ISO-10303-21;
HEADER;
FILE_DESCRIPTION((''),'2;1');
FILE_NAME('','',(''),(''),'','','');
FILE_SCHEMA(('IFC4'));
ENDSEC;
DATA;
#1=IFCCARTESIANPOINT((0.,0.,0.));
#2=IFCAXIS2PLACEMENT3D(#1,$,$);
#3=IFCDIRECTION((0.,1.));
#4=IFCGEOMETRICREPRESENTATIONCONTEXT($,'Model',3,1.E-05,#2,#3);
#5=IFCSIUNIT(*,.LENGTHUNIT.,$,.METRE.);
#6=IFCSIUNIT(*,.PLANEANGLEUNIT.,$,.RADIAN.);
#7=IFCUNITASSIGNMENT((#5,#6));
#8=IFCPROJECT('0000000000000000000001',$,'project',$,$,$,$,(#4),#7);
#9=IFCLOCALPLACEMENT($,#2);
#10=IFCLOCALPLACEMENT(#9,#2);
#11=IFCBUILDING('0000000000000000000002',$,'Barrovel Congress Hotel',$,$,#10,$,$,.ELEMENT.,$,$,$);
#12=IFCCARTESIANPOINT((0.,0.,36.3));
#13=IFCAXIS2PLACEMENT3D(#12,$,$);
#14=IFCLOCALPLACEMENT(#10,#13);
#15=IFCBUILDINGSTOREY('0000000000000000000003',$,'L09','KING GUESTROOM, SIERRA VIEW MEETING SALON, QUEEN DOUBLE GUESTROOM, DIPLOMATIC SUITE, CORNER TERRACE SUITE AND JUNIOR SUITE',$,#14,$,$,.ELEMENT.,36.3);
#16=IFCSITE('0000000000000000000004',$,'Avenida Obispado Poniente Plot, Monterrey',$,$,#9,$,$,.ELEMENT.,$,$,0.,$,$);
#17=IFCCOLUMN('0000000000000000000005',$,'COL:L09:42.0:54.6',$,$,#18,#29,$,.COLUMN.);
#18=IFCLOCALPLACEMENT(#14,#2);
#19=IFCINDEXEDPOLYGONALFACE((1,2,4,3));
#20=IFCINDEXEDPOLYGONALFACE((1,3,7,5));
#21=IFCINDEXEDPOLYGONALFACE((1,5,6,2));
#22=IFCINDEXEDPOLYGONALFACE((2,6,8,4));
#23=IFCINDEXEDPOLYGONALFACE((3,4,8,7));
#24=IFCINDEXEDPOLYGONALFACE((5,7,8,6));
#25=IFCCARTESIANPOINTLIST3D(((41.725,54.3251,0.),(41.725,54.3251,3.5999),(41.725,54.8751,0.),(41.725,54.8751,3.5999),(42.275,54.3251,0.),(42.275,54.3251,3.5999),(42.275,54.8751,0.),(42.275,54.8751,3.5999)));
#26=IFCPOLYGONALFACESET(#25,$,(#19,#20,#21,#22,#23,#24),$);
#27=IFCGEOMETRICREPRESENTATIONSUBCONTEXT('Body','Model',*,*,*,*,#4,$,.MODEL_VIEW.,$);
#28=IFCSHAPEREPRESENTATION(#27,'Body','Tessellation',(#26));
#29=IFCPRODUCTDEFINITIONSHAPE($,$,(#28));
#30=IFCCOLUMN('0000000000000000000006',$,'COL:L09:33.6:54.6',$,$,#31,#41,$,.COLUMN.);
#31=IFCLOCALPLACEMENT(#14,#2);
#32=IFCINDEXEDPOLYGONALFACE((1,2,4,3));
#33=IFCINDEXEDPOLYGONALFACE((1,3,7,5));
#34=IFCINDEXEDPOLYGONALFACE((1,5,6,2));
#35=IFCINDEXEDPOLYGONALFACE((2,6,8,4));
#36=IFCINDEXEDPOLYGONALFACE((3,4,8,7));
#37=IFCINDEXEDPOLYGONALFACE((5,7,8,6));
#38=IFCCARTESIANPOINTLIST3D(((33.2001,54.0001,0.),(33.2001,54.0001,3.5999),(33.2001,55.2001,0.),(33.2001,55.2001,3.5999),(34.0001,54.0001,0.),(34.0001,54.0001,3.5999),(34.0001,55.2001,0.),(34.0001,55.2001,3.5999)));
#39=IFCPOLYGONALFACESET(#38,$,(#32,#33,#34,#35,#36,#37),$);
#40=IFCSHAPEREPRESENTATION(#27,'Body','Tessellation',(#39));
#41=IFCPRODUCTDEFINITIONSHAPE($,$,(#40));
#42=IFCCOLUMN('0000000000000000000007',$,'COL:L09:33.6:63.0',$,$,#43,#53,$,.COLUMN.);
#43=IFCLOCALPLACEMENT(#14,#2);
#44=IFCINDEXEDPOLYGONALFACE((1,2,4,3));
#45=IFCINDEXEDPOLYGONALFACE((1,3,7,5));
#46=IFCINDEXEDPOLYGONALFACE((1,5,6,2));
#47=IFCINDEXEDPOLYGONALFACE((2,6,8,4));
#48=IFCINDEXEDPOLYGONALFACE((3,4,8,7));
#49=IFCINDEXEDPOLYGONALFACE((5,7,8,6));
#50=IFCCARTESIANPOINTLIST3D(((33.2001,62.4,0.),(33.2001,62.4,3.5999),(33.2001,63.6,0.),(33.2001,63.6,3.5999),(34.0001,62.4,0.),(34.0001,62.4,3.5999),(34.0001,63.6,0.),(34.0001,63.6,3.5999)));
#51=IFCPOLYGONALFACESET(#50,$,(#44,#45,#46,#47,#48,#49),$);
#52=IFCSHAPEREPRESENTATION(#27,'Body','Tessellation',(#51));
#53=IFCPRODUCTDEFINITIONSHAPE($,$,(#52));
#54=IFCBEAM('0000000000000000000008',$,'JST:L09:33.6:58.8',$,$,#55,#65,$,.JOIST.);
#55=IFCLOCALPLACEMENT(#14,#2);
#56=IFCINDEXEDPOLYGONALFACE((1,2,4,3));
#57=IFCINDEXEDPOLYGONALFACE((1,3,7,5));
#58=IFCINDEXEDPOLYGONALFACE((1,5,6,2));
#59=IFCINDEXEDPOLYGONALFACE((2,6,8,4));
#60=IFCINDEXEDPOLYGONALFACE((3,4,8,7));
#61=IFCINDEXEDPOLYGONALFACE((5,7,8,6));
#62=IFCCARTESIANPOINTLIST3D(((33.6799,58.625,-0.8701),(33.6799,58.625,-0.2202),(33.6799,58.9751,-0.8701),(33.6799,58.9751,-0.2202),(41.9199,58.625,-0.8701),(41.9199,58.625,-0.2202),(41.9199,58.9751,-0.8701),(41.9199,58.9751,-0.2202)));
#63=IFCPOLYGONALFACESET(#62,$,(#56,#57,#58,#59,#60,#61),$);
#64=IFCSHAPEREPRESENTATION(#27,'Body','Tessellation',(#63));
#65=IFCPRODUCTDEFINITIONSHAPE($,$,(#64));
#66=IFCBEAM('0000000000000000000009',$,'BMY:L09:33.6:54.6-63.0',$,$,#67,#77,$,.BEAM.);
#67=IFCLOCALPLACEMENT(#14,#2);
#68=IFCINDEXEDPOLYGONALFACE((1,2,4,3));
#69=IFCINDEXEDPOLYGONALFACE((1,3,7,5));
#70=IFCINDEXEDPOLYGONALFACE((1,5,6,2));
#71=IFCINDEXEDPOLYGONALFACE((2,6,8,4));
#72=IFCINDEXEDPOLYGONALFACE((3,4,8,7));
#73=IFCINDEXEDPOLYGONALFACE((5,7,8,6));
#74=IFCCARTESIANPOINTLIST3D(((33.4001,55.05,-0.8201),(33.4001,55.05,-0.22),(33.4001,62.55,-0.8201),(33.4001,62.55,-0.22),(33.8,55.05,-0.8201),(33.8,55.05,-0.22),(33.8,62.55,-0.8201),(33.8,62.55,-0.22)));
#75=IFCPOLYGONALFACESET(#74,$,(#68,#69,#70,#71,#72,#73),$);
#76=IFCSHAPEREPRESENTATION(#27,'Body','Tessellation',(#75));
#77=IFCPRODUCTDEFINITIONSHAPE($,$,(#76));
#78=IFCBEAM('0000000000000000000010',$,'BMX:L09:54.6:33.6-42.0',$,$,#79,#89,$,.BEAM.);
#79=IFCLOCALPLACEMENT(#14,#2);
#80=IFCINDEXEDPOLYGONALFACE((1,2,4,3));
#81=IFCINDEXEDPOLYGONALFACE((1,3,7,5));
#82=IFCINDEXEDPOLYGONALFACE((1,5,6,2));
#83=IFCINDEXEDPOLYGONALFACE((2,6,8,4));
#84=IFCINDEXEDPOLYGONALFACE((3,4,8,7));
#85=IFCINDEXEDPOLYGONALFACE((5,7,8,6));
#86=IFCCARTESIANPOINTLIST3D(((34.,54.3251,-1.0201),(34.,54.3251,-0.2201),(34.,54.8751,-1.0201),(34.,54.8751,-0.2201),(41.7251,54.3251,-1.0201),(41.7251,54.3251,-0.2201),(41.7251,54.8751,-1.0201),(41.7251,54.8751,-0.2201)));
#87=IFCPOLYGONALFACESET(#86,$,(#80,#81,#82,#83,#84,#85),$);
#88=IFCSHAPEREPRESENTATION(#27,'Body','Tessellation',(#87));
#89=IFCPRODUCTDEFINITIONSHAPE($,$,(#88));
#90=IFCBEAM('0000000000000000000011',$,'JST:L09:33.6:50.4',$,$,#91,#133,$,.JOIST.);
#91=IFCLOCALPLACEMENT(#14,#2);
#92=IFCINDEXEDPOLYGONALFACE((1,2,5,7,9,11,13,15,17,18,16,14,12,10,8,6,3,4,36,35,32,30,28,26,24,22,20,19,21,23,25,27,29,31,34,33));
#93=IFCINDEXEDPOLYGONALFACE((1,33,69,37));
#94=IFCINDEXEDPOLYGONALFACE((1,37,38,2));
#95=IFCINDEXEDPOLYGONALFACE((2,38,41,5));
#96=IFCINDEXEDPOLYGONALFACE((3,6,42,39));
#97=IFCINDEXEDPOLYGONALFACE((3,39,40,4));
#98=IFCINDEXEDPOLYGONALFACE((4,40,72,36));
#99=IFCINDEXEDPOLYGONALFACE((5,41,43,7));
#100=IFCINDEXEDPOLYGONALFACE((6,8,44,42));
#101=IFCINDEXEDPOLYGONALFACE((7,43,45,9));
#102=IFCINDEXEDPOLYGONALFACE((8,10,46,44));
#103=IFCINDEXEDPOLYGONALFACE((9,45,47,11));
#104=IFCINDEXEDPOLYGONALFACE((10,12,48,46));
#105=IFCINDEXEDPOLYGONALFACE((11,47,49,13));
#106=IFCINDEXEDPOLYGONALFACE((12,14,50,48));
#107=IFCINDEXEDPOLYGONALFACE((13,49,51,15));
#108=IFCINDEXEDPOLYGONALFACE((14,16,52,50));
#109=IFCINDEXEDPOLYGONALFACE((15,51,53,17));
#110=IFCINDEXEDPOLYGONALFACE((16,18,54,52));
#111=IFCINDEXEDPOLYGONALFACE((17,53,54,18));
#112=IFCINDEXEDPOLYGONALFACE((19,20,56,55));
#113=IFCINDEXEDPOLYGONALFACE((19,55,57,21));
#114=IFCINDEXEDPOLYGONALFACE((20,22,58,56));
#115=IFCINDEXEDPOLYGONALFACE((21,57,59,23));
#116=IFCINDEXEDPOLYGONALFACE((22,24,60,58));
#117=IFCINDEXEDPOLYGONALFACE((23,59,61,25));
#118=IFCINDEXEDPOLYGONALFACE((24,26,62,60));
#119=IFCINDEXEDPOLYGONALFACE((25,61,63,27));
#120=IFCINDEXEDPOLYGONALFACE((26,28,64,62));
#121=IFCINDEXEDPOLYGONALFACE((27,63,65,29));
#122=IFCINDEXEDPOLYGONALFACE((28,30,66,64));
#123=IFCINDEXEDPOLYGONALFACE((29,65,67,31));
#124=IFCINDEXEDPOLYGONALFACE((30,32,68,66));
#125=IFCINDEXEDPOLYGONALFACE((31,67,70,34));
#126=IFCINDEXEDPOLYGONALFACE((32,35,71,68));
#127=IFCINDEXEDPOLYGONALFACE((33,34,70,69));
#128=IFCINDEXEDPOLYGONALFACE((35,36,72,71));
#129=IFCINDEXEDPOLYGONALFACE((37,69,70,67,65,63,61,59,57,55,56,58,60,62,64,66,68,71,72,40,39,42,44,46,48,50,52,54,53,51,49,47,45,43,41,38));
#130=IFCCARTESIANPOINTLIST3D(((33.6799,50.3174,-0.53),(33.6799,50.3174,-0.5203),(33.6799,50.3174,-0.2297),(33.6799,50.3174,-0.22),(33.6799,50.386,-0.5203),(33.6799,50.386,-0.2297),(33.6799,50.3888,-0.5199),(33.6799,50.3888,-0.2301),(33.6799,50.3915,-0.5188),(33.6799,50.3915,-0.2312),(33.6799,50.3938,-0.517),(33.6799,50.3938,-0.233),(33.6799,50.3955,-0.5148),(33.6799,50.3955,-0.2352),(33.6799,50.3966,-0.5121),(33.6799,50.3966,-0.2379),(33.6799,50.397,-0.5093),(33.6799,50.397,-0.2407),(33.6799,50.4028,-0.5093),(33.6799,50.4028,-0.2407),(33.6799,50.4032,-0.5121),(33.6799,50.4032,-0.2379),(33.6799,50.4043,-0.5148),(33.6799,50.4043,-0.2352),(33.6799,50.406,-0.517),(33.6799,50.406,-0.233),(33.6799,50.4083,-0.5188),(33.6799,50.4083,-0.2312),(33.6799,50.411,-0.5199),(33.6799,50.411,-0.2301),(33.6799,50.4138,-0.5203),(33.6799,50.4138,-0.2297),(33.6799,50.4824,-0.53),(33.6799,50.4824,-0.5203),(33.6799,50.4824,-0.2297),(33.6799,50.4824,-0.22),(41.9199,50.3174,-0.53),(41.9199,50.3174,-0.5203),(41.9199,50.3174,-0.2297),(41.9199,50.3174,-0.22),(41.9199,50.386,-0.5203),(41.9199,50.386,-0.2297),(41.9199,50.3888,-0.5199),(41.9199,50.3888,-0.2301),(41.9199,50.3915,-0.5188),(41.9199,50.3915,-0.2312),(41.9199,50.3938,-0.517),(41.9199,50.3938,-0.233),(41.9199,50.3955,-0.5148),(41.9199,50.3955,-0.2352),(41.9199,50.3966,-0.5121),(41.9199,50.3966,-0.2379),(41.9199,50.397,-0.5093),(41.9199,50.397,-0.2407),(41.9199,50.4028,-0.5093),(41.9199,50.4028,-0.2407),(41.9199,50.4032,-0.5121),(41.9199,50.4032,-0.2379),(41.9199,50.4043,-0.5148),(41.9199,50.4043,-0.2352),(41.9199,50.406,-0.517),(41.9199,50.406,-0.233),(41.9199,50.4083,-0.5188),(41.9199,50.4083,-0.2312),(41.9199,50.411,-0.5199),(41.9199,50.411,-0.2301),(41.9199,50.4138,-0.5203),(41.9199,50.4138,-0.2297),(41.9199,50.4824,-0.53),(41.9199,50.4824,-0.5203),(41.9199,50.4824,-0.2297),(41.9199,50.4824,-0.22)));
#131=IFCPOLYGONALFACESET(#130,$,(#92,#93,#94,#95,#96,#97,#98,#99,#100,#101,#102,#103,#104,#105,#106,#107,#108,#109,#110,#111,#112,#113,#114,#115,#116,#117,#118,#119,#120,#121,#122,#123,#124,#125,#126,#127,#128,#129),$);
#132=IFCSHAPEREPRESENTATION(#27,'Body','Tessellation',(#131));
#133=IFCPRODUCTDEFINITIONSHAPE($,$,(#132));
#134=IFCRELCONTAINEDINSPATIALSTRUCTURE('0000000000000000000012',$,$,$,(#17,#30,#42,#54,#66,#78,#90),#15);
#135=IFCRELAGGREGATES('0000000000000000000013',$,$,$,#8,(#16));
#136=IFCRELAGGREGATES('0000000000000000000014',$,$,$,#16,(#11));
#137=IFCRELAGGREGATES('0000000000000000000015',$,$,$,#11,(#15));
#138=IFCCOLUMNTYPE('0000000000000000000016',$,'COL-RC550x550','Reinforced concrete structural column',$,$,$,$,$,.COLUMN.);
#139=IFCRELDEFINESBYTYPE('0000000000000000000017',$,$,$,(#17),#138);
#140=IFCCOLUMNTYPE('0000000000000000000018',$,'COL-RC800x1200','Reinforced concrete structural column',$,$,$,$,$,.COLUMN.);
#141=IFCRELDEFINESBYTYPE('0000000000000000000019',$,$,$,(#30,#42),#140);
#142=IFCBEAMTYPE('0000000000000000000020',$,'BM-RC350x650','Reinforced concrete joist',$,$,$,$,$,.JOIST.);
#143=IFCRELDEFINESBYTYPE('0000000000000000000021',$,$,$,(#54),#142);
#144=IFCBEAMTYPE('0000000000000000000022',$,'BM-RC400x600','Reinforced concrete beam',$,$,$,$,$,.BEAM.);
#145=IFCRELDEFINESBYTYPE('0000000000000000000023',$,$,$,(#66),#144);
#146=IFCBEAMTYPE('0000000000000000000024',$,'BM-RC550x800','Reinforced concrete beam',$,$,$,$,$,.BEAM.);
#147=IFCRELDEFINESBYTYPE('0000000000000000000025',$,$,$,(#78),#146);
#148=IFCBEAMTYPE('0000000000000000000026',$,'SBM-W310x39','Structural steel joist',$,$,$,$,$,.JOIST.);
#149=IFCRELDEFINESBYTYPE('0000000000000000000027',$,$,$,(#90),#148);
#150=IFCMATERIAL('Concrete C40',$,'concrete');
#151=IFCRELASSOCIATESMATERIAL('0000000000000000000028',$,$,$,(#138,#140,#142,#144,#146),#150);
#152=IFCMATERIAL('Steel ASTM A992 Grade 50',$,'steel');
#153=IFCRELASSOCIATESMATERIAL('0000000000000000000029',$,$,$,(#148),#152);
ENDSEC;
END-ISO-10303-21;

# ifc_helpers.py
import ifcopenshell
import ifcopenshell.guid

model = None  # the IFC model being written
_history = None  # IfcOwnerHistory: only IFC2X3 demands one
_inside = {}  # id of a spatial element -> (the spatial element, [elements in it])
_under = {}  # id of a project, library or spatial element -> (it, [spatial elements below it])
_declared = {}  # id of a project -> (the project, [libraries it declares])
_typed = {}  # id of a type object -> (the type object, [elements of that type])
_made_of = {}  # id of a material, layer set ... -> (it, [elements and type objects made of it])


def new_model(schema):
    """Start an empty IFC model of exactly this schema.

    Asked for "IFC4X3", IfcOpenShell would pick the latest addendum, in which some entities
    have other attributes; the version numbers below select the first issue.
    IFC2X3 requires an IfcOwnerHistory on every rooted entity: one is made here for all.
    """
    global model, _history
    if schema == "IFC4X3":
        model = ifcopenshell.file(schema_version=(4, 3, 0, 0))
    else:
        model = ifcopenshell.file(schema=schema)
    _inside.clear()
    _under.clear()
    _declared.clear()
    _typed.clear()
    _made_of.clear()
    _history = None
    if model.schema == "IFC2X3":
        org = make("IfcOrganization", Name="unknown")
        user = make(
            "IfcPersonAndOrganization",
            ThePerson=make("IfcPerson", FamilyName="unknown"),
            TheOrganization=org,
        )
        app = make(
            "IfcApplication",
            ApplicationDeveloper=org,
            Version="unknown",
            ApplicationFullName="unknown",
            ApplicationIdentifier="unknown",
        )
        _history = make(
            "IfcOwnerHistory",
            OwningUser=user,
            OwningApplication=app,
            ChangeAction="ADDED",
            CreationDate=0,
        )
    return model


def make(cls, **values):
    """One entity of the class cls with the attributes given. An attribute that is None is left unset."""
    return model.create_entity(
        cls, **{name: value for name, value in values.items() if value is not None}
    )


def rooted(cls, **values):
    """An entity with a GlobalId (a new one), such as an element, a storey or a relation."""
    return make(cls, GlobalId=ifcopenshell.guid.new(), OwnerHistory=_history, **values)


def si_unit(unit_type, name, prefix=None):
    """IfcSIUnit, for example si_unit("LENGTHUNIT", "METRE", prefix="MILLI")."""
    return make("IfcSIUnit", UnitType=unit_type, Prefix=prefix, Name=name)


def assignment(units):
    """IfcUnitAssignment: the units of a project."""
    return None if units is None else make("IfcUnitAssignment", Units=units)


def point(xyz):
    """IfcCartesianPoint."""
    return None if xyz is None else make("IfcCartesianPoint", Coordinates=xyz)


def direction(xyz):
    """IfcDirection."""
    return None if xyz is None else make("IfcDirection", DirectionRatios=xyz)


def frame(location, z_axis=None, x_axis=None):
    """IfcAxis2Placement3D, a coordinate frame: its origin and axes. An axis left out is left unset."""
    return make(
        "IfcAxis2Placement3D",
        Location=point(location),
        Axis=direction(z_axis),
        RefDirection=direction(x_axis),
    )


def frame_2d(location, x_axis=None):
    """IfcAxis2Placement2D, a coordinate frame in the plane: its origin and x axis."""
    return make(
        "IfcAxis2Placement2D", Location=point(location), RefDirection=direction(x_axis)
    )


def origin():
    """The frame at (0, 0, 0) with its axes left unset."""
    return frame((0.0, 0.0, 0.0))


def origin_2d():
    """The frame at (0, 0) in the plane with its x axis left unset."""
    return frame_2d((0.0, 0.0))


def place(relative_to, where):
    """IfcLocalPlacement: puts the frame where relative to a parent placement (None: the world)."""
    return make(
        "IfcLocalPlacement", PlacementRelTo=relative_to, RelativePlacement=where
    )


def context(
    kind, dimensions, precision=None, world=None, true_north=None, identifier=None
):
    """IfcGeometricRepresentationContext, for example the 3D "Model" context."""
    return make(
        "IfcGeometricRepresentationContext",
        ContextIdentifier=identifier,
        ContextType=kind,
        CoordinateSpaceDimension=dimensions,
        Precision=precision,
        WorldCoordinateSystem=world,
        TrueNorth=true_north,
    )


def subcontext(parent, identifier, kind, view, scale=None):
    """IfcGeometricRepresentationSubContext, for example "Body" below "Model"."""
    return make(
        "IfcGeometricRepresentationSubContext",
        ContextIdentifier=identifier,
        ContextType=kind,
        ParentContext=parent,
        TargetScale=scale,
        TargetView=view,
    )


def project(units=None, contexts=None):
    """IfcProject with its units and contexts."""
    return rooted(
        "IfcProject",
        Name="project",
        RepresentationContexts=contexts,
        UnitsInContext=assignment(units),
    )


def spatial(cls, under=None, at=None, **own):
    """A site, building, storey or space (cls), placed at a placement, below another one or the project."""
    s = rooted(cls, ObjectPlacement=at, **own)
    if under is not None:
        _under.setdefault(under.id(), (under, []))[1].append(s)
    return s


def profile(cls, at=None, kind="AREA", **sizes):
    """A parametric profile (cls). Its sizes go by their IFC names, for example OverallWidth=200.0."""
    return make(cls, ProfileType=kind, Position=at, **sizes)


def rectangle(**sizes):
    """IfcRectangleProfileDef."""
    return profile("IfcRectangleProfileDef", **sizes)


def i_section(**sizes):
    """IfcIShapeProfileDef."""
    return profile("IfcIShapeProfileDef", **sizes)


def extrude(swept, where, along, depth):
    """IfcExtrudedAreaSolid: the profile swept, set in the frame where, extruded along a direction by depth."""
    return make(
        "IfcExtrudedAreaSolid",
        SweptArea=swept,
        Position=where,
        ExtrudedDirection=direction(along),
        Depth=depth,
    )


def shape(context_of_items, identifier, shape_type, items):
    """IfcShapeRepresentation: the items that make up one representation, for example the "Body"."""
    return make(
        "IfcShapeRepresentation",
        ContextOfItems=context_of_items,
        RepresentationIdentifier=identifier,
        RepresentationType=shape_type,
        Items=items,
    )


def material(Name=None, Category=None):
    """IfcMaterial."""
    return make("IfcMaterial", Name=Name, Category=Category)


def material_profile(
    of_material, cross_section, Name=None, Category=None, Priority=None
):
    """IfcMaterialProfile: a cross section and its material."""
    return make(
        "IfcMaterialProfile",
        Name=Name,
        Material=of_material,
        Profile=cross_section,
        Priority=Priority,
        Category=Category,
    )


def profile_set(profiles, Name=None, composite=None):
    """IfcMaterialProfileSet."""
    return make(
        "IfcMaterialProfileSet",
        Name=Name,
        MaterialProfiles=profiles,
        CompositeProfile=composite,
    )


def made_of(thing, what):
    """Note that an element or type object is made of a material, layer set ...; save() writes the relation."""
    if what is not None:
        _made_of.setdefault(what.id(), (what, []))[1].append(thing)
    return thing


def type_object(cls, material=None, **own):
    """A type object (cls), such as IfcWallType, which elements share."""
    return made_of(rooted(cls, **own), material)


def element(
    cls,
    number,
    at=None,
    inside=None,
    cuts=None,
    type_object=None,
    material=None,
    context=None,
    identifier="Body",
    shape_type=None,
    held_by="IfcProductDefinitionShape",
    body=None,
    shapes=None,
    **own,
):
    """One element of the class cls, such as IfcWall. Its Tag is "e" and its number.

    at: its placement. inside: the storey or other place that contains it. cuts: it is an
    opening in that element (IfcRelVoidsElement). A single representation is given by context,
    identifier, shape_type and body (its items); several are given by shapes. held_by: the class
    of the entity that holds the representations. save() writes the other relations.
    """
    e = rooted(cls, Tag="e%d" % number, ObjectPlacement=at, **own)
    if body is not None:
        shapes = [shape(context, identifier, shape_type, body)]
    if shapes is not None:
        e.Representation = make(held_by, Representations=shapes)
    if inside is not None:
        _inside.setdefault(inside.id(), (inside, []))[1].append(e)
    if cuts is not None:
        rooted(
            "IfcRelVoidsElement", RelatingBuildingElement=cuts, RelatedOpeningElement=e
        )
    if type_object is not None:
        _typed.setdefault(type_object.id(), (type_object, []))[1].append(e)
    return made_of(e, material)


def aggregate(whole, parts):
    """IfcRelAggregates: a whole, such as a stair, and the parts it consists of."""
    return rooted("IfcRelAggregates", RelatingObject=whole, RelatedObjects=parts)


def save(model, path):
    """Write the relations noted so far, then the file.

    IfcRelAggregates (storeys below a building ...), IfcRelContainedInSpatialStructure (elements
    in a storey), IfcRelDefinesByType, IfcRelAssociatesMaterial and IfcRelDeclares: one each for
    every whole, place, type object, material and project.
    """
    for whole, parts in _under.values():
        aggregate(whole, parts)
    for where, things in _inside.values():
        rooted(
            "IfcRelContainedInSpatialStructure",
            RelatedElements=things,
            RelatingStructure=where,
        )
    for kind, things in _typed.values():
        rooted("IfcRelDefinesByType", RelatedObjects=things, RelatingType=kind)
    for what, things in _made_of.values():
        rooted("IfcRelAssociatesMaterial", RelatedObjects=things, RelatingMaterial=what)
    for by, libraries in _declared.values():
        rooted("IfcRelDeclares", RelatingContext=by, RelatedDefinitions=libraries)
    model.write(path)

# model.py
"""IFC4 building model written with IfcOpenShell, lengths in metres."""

from ifc_helpers import new_model, si_unit, direction, frame, origin, origin_2d, place, context, subcontext, project, spatial, rectangle, i_section, extrude, material, material_profile, profile_set, type_object, element, save


model = new_model("IFC4")

# Units and contexts
model_context = context("Model", 3, precision=1e-05, world=origin(), true_north=direction((0.0, 1.0)))
body_context = subcontext(model_context, "Body", "Model", "MODEL_VIEW")
ifc_project = project(units=[si_unit("LENGTHUNIT", "METRE"), si_unit("PLANEANGLEUNIT", "RADIAN")], contexts=[model_context])

# Site, building, storey
site_placement = place(None, origin())
site = spatial("IfcSite", under=ifc_project, at=site_placement, Name="Avenida Obispado Poniente Plot, Monterrey", CompositionType="ELEMENT", RefElevation=0.0)
building_placement = place(site_placement, origin())
building = spatial("IfcBuilding", under=site, at=building_placement, Name="Barrovel Congress Hotel", CompositionType="ELEMENT")
storey_placement = place(building_placement, frame((0.0, 0.0, 36.3)))
storey = spatial("IfcBuildingStorey", under=building, at=storey_placement, Name="L09", Description="KING GUESTROOM, SIERRA VIEW MEETING SALON, QUEEN DOUBLE GUESTROOM, DIPLOMATIC SUITE, CORNER TERRACE SUITE AND JUNIOR SUITE", CompositionType="ELEMENT", Elevation=36.3)

# Columns
ifc_material_1 = material(Name="Concrete C40", Category="concrete")
ifc_material_profile_1 = material_profile(ifc_material_1, rectangle(XDim=0.55, YDim=0.55, at=origin_2d()), Name="RC550x550")
ifc_profile_set_1 = profile_set([ifc_material_profile_1], Name="Concrete C40")
column_type_1 = type_object("IfcColumnType", Name="COL-RC550x550", Description="Reinforced concrete structural column", PredefinedType="COLUMN", material=ifc_profile_set_1)
column_placement = place(storey_placement, frame((42.0, 54.6001, 0.0), z_axis=(0.0, 0.0, 1.0), x_axis=(1.0, 0.0, 0.0)))
element("IfcColumn", 1, at=column_placement, inside=storey, type_object=column_type_1, Name="COL:L09:42.0:54.6", PredefinedType="COLUMN", context=body_context, shape_type="SweptSolid", body=[
    extrude(rectangle(XDim=0.55, YDim=0.55, at=origin_2d()), origin(), (0.0, 0.0, 1.0), 3.5999),
])
ifc_material_profile_2 = material_profile(ifc_material_1, rectangle(XDim=0.8, YDim=1.2, at=origin_2d()), Name="RC800x1200")
ifc_profile_set_2 = profile_set([ifc_material_profile_2], Name="Concrete C40")
column_type_2 = type_object("IfcColumnType", Name="COL-RC800x1200", Description="Reinforced concrete structural column", PredefinedType="COLUMN", material=ifc_profile_set_2)
for number, where, z_axis, x_axis, name in (
    (2, (33.6001, 54.6001, 0.0), (0.0, 0.0, 1.0), (1.0, 0.0, 0.0), "COL:L09:33.6:54.6"),
    (3, (33.6001, 63.0, 0.0), (0.0, 0.0, 1.0), (1.0, 0.0, 0.0), "COL:L09:33.6:63.0"),
):
    element("IfcColumn", number, at=place(storey_placement, frame(where, z_axis=z_axis, x_axis=x_axis)), inside=storey, type_object=column_type_2, Name=name, PredefinedType="COLUMN", context=body_context, shape_type="SweptSolid", body=[
        extrude(rectangle(XDim=0.8, YDim=1.2, at=origin_2d()), origin(), (0.0, 0.0, 1.0), 3.5999),
    ])

# Beams
ifc_material_profile_3 = material_profile(ifc_material_1, rectangle(XDim=0.3501, YDim=0.6499, at=origin_2d()), Name="RC350x650")
ifc_profile_set_3 = profile_set([ifc_material_profile_3], Name="Concrete C40")
beam_type_1 = type_object("IfcBeamType", Name="BM-RC350x650", Description="Reinforced concrete joist", PredefinedType="JOIST", material=ifc_profile_set_3)
beam_1_placement = place(storey_placement, frame((33.6799, 58.8, -0.5452), z_axis=(1.0, 0.0, 0.0), x_axis=(0.0, 1.0, 0.0)))
element("IfcBeam", 4, at=beam_1_placement, inside=storey, type_object=beam_type_1, Name="JST:L09:33.6:58.8", PredefinedType="JOIST", context=body_context, shape_type="SweptSolid", body=[
    extrude(rectangle(XDim=0.3501, YDim=0.6499, at=origin_2d()), origin(), (0.0, 0.0, 1.0), 8.24),
])
ifc_material_profile_4 = material_profile(ifc_material_1, rectangle(XDim=0.3999, YDim=0.6001, at=origin_2d()), Name="RC400x600")
ifc_profile_set_4 = profile_set([ifc_material_profile_4], Name="Concrete C40")
beam_type_2 = type_object("IfcBeamType", Name="BM-RC400x600", Description="Reinforced concrete beam", PredefinedType="BEAM", material=ifc_profile_set_4)
beam_2_placement = place(storey_placement, frame((33.6001, 55.05, -0.52), z_axis=(0.0, 1.0, 0.0), x_axis=(-1.0, 0.0, 0.0)))
element("IfcBeam", 5, at=beam_2_placement, inside=storey, type_object=beam_type_2, Name="BMY:L09:33.6:54.6-63.0", PredefinedType="BEAM", context=body_context, shape_type="SweptSolid", body=[
    extrude(rectangle(XDim=0.3999, YDim=0.6001, at=origin_2d()), origin(), (0.0, 0.0, 1.0), 7.5),
])
ifc_material_profile_5 = material_profile(ifc_material_1, rectangle(XDim=0.55, YDim=0.8, at=origin_2d()), Name="RC550x800")
ifc_profile_set_5 = profile_set([ifc_material_profile_5], Name="Concrete C40")
beam_type_3 = type_object("IfcBeamType", Name="BM-RC550x800", Description="Reinforced concrete beam", PredefinedType="BEAM", material=ifc_profile_set_5)
beam_3_placement = place(storey_placement, frame((34.0, 54.6001, -0.6201), z_axis=(1.0, 0.0, 0.0), x_axis=(0.0, 1.0, 0.0)))
element("IfcBeam", 6, at=beam_3_placement, inside=storey, type_object=beam_type_3, Name="BMX:L09:54.6:33.6-42.0", PredefinedType="BEAM", context=body_context, shape_type="SweptSolid", body=[
    extrude(rectangle(XDim=0.55, YDim=0.8, at=origin_2d()), origin(), (0.0, 0.0, 1.0), 7.7251),
])
ifc_material_2 = material(Name="Steel ASTM A992 Grade 50", Category="steel")
ifc_material_profile_6 = material_profile(ifc_material_2, i_section(OverallWidth=0.165, OverallDepth=0.3101, WebThickness=0.0059, FlangeThickness=0.0098, FilletRadius=0.011, at=origin_2d()), Name="W310x39")
ifc_profile_set_6 = profile_set([ifc_material_profile_6], Name="Steel ASTM A992 Grade 50")
beam_type_4 = type_object("IfcBeamType", Name="SBM-W310x39", Description="Structural steel joist", PredefinedType="JOIST", material=ifc_profile_set_6)
beam_4_placement = place(storey_placement, frame((33.6799, 50.3999, -0.375), z_axis=(1.0, 0.0, 0.0), x_axis=(0.0, 1.0, 0.0)))
element("IfcBeam", 7, at=beam_4_placement, inside=storey, type_object=beam_type_4, Name="JST:L09:33.6:50.4", PredefinedType="JOIST", context=body_context, shape_type="SweptSolid", body=[
    extrude(i_section(OverallWidth=0.165, OverallDepth=0.3101, WebThickness=0.0059, FlangeThickness=0.0098, FilletRadius=0.011, at=origin_2d()), origin(), (0.0, 0.0, 1.0), 8.24),
])

save(model, "model.ifc")
